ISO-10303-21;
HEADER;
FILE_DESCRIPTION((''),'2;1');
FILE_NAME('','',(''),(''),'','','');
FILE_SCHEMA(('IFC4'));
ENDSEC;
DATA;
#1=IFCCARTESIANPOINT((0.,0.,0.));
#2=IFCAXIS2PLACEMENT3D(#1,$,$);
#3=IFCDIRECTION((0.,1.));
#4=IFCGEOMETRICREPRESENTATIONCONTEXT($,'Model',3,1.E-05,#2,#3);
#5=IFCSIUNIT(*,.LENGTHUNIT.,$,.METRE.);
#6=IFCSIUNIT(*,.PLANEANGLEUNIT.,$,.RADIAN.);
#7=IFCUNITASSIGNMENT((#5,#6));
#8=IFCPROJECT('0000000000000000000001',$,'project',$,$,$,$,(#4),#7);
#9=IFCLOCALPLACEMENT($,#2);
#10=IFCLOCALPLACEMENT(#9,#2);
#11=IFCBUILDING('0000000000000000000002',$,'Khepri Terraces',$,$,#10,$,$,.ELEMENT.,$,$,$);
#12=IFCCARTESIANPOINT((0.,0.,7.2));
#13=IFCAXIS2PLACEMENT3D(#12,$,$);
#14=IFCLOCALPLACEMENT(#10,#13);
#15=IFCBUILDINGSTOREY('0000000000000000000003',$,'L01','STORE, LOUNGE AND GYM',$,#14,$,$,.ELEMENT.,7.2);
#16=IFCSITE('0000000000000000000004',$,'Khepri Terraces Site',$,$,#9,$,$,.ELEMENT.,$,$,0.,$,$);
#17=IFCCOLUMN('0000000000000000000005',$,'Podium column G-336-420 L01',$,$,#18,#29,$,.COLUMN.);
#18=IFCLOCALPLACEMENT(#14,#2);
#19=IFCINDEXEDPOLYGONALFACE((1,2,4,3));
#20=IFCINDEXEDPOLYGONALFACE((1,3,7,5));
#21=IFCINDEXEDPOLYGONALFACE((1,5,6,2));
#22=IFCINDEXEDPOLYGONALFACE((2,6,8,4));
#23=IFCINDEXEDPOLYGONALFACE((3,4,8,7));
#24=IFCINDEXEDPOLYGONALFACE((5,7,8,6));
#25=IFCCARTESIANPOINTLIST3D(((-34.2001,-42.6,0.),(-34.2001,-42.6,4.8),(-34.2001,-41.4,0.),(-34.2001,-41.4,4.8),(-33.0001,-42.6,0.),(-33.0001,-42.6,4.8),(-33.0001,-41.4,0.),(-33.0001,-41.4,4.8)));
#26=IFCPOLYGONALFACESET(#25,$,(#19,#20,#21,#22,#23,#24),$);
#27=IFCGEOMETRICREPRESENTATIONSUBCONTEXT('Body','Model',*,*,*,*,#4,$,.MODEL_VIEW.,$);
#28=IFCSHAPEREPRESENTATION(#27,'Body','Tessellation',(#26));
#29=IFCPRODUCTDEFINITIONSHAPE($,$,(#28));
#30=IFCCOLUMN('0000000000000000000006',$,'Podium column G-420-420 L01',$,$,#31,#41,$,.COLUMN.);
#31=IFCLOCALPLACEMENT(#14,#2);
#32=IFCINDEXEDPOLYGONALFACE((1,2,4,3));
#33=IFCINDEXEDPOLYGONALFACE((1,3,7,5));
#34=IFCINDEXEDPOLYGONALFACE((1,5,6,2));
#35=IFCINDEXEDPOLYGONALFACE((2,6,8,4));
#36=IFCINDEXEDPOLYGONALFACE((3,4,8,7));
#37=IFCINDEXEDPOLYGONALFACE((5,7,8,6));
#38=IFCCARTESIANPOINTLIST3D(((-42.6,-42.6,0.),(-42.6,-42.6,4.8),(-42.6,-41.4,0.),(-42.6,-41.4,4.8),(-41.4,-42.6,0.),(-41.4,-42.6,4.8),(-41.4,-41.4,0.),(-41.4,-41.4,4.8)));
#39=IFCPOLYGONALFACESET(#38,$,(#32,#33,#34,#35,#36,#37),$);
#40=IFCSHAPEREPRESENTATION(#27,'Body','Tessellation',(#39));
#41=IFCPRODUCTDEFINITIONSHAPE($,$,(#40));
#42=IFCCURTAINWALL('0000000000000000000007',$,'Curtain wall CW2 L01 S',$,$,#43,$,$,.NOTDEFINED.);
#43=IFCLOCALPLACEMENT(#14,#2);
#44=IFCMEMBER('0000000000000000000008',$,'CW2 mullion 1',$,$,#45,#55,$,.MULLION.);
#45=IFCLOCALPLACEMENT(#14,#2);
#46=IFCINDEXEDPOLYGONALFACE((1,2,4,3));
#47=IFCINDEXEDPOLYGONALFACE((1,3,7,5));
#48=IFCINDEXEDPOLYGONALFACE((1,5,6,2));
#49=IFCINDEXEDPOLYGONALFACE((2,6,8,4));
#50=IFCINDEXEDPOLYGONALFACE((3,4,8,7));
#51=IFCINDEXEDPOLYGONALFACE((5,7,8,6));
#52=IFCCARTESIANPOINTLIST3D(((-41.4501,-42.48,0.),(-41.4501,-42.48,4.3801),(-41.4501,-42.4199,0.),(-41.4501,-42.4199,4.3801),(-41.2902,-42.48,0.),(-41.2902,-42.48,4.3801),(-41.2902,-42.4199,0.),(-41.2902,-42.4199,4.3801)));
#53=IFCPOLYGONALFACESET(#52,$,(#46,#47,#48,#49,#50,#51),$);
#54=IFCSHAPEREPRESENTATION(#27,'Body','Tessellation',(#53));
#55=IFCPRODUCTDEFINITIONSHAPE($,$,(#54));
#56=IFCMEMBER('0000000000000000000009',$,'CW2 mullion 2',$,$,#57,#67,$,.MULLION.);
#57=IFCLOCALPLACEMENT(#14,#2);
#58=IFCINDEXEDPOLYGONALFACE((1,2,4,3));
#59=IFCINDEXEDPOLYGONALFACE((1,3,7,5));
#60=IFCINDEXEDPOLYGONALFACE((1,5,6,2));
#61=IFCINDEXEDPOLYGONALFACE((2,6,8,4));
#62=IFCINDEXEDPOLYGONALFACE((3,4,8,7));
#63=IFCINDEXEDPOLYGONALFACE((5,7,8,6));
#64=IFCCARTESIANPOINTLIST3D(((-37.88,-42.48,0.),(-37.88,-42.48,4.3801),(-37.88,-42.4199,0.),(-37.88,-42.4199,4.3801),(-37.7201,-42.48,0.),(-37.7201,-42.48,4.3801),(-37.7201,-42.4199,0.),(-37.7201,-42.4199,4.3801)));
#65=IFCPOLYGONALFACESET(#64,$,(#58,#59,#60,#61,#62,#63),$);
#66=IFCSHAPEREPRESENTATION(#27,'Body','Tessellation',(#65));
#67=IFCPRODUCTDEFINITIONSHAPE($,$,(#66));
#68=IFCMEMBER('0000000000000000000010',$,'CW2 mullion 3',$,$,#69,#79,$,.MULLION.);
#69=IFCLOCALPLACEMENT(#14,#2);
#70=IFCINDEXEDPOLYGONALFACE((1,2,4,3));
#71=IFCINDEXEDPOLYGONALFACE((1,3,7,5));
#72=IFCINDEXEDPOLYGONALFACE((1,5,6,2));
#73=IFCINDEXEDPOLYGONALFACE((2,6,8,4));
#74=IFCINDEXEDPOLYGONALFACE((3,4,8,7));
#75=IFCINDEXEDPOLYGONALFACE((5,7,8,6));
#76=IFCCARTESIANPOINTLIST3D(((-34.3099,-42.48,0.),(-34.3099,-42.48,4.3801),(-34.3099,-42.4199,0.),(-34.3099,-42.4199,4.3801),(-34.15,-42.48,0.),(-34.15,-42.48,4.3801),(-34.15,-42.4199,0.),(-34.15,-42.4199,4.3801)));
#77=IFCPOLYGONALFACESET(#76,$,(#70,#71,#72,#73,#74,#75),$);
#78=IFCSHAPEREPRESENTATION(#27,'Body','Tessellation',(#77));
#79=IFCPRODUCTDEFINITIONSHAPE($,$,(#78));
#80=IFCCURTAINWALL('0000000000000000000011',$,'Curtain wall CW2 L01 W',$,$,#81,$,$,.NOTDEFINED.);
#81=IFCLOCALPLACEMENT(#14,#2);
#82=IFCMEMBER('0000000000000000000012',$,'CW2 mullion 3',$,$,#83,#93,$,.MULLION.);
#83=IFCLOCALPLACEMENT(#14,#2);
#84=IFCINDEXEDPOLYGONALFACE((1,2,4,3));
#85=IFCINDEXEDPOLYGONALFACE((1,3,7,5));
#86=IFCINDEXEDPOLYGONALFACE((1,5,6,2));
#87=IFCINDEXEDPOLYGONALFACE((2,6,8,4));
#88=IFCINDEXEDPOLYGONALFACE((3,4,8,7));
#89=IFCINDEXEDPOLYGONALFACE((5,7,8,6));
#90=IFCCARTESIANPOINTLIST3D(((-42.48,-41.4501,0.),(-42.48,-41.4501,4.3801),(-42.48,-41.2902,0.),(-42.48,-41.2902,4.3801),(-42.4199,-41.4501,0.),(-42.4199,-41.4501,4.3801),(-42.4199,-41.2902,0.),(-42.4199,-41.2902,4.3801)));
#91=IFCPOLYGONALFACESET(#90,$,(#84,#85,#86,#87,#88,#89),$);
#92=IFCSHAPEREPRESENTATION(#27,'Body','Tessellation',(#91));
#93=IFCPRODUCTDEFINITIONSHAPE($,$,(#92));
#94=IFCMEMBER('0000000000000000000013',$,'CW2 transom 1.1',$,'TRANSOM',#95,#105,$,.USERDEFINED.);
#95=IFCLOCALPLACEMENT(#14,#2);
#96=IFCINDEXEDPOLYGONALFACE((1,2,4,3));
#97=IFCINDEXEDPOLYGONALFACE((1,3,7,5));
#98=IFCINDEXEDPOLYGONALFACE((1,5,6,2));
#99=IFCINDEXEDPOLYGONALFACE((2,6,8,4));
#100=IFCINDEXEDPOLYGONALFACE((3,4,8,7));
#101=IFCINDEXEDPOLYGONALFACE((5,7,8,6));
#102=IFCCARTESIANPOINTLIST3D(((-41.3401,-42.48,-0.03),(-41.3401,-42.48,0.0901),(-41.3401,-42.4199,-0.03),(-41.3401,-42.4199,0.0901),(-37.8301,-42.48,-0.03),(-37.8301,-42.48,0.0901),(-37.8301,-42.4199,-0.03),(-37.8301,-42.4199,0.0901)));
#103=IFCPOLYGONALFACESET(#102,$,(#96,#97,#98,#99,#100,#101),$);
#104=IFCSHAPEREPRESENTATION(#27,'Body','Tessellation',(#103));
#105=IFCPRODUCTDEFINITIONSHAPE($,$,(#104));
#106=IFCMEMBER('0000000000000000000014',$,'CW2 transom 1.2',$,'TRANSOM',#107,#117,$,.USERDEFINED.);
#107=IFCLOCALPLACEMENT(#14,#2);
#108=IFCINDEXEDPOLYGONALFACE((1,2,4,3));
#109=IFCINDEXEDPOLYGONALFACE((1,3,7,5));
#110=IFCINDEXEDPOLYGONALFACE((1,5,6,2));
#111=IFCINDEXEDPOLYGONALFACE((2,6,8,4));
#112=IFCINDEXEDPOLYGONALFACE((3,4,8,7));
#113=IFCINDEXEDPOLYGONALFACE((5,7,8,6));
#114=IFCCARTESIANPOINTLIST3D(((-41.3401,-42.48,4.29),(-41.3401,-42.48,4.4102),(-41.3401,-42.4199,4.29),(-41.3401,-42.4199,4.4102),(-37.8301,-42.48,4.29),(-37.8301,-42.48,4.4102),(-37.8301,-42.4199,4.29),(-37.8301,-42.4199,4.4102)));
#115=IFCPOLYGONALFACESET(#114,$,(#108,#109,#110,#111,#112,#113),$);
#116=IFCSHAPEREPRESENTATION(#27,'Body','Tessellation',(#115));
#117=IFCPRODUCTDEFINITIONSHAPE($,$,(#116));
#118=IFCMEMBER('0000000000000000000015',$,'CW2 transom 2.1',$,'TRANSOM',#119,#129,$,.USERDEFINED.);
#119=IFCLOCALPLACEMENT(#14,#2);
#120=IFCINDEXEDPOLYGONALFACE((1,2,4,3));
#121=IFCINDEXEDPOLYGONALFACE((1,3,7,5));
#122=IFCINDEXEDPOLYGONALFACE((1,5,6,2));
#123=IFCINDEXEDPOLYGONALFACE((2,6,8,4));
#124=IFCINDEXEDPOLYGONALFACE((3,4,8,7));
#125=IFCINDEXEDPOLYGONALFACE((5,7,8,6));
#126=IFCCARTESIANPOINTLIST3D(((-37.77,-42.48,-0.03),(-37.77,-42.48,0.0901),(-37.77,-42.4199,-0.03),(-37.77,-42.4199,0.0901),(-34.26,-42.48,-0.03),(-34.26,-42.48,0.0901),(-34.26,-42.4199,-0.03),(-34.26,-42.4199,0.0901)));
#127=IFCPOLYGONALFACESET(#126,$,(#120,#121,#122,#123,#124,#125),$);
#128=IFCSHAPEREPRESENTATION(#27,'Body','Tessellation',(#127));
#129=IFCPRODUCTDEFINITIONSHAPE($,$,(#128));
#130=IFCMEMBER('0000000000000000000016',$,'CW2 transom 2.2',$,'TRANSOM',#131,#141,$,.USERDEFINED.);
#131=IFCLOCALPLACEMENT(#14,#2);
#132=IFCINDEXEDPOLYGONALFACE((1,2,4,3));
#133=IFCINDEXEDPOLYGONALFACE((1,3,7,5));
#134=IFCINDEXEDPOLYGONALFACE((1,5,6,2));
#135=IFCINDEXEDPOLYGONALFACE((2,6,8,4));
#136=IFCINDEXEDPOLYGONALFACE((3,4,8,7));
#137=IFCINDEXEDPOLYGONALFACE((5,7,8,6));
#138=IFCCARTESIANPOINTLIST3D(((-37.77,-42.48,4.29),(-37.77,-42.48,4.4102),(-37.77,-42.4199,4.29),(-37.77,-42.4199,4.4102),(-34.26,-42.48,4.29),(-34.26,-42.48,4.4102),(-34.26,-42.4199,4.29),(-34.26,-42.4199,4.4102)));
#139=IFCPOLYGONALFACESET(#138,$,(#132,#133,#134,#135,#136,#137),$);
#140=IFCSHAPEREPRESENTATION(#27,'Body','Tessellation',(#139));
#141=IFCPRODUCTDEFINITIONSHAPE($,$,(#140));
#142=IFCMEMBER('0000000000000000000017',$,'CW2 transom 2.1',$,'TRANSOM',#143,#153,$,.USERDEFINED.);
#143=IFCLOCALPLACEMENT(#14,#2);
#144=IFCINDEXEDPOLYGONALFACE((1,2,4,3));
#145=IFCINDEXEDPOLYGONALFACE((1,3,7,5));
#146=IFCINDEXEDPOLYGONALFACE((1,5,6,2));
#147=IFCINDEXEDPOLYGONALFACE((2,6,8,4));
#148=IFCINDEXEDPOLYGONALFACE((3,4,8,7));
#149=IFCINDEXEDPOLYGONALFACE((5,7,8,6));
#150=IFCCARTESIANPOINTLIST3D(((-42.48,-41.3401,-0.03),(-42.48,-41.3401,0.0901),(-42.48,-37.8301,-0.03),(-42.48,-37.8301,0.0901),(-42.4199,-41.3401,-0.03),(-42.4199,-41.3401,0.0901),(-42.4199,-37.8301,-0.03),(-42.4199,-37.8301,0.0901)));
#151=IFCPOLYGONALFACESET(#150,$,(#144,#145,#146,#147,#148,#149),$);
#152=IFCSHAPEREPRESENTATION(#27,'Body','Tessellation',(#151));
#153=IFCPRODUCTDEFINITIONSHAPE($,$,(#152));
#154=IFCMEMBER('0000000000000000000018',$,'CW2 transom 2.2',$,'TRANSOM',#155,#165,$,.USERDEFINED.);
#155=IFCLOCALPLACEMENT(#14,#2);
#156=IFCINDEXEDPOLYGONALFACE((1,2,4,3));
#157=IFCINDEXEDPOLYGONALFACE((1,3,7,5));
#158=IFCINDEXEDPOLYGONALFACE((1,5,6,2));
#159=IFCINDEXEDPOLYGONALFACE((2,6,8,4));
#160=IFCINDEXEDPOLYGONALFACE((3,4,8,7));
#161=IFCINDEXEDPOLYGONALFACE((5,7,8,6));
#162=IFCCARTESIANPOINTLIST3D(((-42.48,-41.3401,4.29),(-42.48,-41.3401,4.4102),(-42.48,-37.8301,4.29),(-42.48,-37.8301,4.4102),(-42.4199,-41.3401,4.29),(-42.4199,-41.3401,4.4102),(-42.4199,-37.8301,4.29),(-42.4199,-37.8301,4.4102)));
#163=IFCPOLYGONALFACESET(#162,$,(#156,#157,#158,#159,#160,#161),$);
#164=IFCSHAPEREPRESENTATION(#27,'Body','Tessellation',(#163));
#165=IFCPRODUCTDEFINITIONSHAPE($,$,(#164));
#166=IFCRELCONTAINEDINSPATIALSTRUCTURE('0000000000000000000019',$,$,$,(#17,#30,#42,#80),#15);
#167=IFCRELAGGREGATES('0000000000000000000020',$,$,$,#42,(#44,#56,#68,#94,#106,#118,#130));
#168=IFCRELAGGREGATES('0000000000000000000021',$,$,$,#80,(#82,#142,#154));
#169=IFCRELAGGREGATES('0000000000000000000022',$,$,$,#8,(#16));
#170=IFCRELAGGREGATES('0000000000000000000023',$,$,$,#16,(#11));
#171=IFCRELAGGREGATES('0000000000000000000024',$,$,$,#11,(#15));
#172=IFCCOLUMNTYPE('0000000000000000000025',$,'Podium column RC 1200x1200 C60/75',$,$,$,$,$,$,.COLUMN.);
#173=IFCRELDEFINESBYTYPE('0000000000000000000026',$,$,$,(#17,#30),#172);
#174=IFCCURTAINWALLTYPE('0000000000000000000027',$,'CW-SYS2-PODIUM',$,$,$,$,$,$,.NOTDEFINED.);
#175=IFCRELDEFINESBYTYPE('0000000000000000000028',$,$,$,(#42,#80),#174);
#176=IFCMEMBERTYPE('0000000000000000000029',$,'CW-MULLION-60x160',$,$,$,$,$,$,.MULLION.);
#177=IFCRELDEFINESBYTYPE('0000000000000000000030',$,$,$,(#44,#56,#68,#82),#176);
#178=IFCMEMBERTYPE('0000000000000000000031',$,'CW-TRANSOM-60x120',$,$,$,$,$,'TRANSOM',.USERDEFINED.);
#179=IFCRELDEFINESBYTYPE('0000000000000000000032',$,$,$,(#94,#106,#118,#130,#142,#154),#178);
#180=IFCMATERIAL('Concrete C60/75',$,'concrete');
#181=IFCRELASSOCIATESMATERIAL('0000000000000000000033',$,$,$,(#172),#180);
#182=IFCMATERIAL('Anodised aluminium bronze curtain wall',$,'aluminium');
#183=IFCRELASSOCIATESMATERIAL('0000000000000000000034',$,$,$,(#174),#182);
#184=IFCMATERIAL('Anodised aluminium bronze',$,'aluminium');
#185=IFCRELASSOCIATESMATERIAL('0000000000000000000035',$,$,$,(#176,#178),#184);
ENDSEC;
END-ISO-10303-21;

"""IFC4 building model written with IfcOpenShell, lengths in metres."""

from ifc_helpers import new_model, si_unit, direction, frame, origin, origin_2d, place, context, subcontext, project, spatial, rectangle, extrude, material, material_profile, profile_set, type_object, element, aggregate, save


model = new_model("IFC4")

# Units and contexts
model_context = context("Model", 3, precision=1e-05, world=origin(), true_north=direction((0.0, 1.0)))
body_context = subcontext(model_context, "Body", "Model", "MODEL_VIEW")
ifc_project = project(units=[si_unit("LENGTHUNIT", "METRE"), si_unit("PLANEANGLEUNIT", "RADIAN")], contexts=[model_context])

# Site, building, storey
site_placement = place(None, origin())
site = spatial("IfcSite", under=ifc_project, at=site_placement, Name="Khepri Terraces Site", CompositionType="ELEMENT", RefElevation=0.0)
building_placement = place(site_placement, origin())
building = spatial("IfcBuilding", under=site, at=building_placement, Name="Khepri Terraces", CompositionType="ELEMENT")
storey_placement = place(building_placement, frame((0.0, 0.0, 7.2)))
storey = spatial("IfcBuildingStorey", under=building, at=storey_placement, Name="L01", Description="STORE, LOUNGE AND GYM", CompositionType="ELEMENT", Elevation=7.2)

# Columns
ifc_material_1 = material(Name="Concrete C60/75", Category="concrete")
ifc_material_profile_1 = material_profile(ifc_material_1, rectangle(XDim=1.2, YDim=1.2, at=origin_2d()), Name="Concrete C60/75", Category="concrete")
ifc_profile_set_1 = profile_set([ifc_material_profile_1], Name="Concrete C60/75")
column_type = type_object("IfcColumnType", Name="Podium column RC 1200x1200 C60/75", PredefinedType="COLUMN", material=ifc_profile_set_1)
for number, where, z_axis, x_axis, name in (
    (1, (-33.6001, -42.0, 0.0), (0.0, 0.0, 1.0), (1.0, 0.0, 0.0), "Podium column G-336-420 L01"),
    (2, (-42.0, -42.0, 0.0), (0.0, 0.0, 1.0), (1.0, 0.0, 0.0), "Podium column G-420-420 L01"),
):
    element("IfcColumn", number, at=place(storey_placement, frame(where, z_axis=z_axis, x_axis=x_axis)), inside=storey, type_object=column_type, Name=name, PredefinedType="COLUMN", context=body_context, shape_type="SweptSolid", body=[
        extrude(rectangle(XDim=1.2, YDim=1.2, at=origin_2d()), origin(), (0.0, 0.0, 1.0), 4.8),
    ])

# Curtain wall, members
ifc_material_2 = material(Name="Anodised aluminium bronze curtain wall", Category="aluminium")
curtain_wall_type = type_object("IfcCurtainWallType", Name="CW-SYS2-PODIUM", PredefinedType="NOTDEFINED", material=ifc_material_2)
curtain_wall_1_placement = place(storey_placement, origin())
curtain_wall_1 = element("IfcCurtainWall", 3, at=curtain_wall_1_placement, inside=storey, type_object=curtain_wall_type, Name="Curtain wall CW2 L01 S", PredefinedType="NOTDEFINED")
ifc_material_3 = material(Name="Anodised aluminium bronze", Category="aluminium")
ifc_material_profile_2 = material_profile(ifc_material_3, rectangle(XDim=0.0601, YDim=0.1599, at=origin_2d()), Name="Anodised aluminium bronze", Category="aluminium")
ifc_profile_set_2 = profile_set([ifc_material_profile_2], Name="Anodised aluminium bronze")
member_type_1 = type_object("IfcMemberType", Name="CW-MULLION-60x160", PredefinedType="MULLION", material=ifc_profile_set_2)
member_1_placement = place(storey_placement, frame((-41.3701, -42.45, 0.0), z_axis=(0.0, 0.0, 1.0), x_axis=(0.0, 1.0, 0.0)))
member_1 = element("IfcMember", 4, at=member_1_placement, type_object=member_type_1, Name="CW2 mullion 1", PredefinedType="MULLION", context=body_context, shape_type="SweptSolid", body=[
    extrude(rectangle(XDim=0.0601, YDim=0.1599, at=origin_2d()), origin(), (0.0, 0.0, 1.0), 4.3801),
])
member_2_placement = place(storey_placement, frame((-37.8, -42.45, 0.0), z_axis=(0.0, 0.0, 1.0), x_axis=(0.0, 1.0, 0.0)))
member_2 = element("IfcMember", 5, at=member_2_placement, type_object=member_type_1, Name="CW2 mullion 2", PredefinedType="MULLION", context=body_context, shape_type="SweptSolid", body=[
    extrude(rectangle(XDim=0.0601, YDim=0.1599, at=origin_2d()), origin(), (0.0, 0.0, 1.0), 4.3801),
])
member_3_placement = place(storey_placement, frame((-34.23, -42.45, 0.0), z_axis=(0.0, 0.0, 1.0), x_axis=(0.0, 1.0, 0.0)))
member_3 = element("IfcMember", 6, at=member_3_placement, type_object=member_type_1, Name="CW2 mullion 3", PredefinedType="MULLION", context=body_context, shape_type="SweptSolid", body=[
    extrude(rectangle(XDim=0.0601, YDim=0.1599, at=origin_2d()), origin(), (0.0, 0.0, 1.0), 4.3801),
])

# Curtain wall, member
curtain_wall_2_placement = place(storey_placement, origin())
curtain_wall_2 = element("IfcCurtainWall", 7, at=curtain_wall_2_placement, inside=storey, type_object=curtain_wall_type, Name="Curtain wall CW2 L01 W", PredefinedType="NOTDEFINED")
member_4_placement = place(storey_placement, frame((-42.45, -41.3701, 0.0), z_axis=(0.0, 0.0, 1.0), x_axis=(1.0, 0.0, 0.0)))
member_4 = element("IfcMember", 8, at=member_4_placement, type_object=member_type_1, Name="CW2 mullion 3", PredefinedType="MULLION", context=body_context, shape_type="SweptSolid", body=[
    extrude(rectangle(XDim=0.0601, YDim=0.1599, at=origin_2d()), origin(), (0.0, 0.0, 1.0), 4.3801),
])

# Members
ifc_material_profile_3 = material_profile(ifc_material_3, rectangle(XDim=0.0601, YDim=0.1201, at=origin_2d()), Name="Anodised aluminium bronze", Category="aluminium")
ifc_profile_set_3 = profile_set([ifc_material_profile_3], Name="Anodised aluminium bronze")
member_type_2 = type_object("IfcMemberType", Name="CW-TRANSOM-60x120", ElementType="TRANSOM", PredefinedType="USERDEFINED", material=ifc_profile_set_3)
member_5_placement = place(storey_placement, frame((-41.3401, -42.45, 0.03), z_axis=(1.0, 0.0, 0.0), x_axis=(0.0, 1.0, 0.0)))
member_5 = element("IfcMember", 9, at=member_5_placement, type_object=member_type_2, Name="CW2 transom 1.1", ObjectType="TRANSOM", PredefinedType="USERDEFINED", context=body_context, shape_type="SweptSolid", body=[
    extrude(rectangle(XDim=0.0601, YDim=0.1201, at=origin_2d()), origin(), (0.0, 0.0, 1.0), 3.51),
])
member_6_placement = place(storey_placement, frame((-41.3401, -42.45, 4.3501), z_axis=(1.0, 0.0, 0.0), x_axis=(0.0, 1.0, 0.0)))
member_6 = element("IfcMember", 10, at=member_6_placement, type_object=member_type_2, Name="CW2 transom 1.2", ObjectType="TRANSOM", PredefinedType="USERDEFINED", context=body_context, shape_type="SweptSolid", body=[
    extrude(rectangle(XDim=0.0601, YDim=0.1201, at=origin_2d()), origin(), (0.0, 0.0, 1.0), 3.51),
])
member_7_placement = place(storey_placement, frame((-37.77, -42.45, 0.03), z_axis=(1.0, 0.0, 0.0), x_axis=(0.0, 1.0, 0.0)))
member_7 = element("IfcMember", 11, at=member_7_placement, type_object=member_type_2, Name="CW2 transom 2.1", ObjectType="TRANSOM", PredefinedType="USERDEFINED", context=body_context, shape_type="SweptSolid", body=[
    extrude(rectangle(XDim=0.0601, YDim=0.1201, at=origin_2d()), origin(), (0.0, 0.0, 1.0), 3.51),
])
member_8_placement = place(storey_placement, frame((-37.77, -42.45, 4.3501), z_axis=(1.0, 0.0, 0.0), x_axis=(0.0, 1.0, 0.0)))
member_8 = element("IfcMember", 12, at=member_8_placement, type_object=member_type_2, Name="CW2 transom 2.2", ObjectType="TRANSOM", PredefinedType="USERDEFINED", context=body_context, shape_type="SweptSolid", body=[
    extrude(rectangle(XDim=0.0601, YDim=0.1201, at=origin_2d()), origin(), (0.0, 0.0, 1.0), 3.51),
])
member_9_placement = place(storey_placement, frame((-42.45, -37.8301, 0.03), z_axis=(0.0, -1.0, 0.0), x_axis=(1.0, 0.0, 0.0)))
member_9 = element("IfcMember", 13, at=member_9_placement, type_object=member_type_2, Name="CW2 transom 2.1", ObjectType="TRANSOM", PredefinedType="USERDEFINED", context=body_context, shape_type="SweptSolid", body=[
    extrude(rectangle(XDim=0.0601, YDim=0.1201, at=origin_2d()), origin(), (0.0, 0.0, 1.0), 3.51),
])
member_10_placement = place(storey_placement, frame((-42.45, -37.8301, 4.3501), z_axis=(0.0, -1.0, 0.0), x_axis=(1.0, 0.0, 0.0)))
member_10 = element("IfcMember", 14, at=member_10_placement, type_object=member_type_2, Name="CW2 transom 2.2", ObjectType="TRANSOM", PredefinedType="USERDEFINED", context=body_context, shape_type="SweptSolid", body=[
    extrude(rectangle(XDim=0.0601, YDim=0.1201, at=origin_2d()), origin(), (0.0, 0.0, 1.0), 3.51),
])

aggregate(curtain_wall_1, [member_1, member_2, member_3, member_5, member_6, member_7, member_8])
aggregate(curtain_wall_2, [member_4, member_9, member_10])

save(model, "model.ifc")
